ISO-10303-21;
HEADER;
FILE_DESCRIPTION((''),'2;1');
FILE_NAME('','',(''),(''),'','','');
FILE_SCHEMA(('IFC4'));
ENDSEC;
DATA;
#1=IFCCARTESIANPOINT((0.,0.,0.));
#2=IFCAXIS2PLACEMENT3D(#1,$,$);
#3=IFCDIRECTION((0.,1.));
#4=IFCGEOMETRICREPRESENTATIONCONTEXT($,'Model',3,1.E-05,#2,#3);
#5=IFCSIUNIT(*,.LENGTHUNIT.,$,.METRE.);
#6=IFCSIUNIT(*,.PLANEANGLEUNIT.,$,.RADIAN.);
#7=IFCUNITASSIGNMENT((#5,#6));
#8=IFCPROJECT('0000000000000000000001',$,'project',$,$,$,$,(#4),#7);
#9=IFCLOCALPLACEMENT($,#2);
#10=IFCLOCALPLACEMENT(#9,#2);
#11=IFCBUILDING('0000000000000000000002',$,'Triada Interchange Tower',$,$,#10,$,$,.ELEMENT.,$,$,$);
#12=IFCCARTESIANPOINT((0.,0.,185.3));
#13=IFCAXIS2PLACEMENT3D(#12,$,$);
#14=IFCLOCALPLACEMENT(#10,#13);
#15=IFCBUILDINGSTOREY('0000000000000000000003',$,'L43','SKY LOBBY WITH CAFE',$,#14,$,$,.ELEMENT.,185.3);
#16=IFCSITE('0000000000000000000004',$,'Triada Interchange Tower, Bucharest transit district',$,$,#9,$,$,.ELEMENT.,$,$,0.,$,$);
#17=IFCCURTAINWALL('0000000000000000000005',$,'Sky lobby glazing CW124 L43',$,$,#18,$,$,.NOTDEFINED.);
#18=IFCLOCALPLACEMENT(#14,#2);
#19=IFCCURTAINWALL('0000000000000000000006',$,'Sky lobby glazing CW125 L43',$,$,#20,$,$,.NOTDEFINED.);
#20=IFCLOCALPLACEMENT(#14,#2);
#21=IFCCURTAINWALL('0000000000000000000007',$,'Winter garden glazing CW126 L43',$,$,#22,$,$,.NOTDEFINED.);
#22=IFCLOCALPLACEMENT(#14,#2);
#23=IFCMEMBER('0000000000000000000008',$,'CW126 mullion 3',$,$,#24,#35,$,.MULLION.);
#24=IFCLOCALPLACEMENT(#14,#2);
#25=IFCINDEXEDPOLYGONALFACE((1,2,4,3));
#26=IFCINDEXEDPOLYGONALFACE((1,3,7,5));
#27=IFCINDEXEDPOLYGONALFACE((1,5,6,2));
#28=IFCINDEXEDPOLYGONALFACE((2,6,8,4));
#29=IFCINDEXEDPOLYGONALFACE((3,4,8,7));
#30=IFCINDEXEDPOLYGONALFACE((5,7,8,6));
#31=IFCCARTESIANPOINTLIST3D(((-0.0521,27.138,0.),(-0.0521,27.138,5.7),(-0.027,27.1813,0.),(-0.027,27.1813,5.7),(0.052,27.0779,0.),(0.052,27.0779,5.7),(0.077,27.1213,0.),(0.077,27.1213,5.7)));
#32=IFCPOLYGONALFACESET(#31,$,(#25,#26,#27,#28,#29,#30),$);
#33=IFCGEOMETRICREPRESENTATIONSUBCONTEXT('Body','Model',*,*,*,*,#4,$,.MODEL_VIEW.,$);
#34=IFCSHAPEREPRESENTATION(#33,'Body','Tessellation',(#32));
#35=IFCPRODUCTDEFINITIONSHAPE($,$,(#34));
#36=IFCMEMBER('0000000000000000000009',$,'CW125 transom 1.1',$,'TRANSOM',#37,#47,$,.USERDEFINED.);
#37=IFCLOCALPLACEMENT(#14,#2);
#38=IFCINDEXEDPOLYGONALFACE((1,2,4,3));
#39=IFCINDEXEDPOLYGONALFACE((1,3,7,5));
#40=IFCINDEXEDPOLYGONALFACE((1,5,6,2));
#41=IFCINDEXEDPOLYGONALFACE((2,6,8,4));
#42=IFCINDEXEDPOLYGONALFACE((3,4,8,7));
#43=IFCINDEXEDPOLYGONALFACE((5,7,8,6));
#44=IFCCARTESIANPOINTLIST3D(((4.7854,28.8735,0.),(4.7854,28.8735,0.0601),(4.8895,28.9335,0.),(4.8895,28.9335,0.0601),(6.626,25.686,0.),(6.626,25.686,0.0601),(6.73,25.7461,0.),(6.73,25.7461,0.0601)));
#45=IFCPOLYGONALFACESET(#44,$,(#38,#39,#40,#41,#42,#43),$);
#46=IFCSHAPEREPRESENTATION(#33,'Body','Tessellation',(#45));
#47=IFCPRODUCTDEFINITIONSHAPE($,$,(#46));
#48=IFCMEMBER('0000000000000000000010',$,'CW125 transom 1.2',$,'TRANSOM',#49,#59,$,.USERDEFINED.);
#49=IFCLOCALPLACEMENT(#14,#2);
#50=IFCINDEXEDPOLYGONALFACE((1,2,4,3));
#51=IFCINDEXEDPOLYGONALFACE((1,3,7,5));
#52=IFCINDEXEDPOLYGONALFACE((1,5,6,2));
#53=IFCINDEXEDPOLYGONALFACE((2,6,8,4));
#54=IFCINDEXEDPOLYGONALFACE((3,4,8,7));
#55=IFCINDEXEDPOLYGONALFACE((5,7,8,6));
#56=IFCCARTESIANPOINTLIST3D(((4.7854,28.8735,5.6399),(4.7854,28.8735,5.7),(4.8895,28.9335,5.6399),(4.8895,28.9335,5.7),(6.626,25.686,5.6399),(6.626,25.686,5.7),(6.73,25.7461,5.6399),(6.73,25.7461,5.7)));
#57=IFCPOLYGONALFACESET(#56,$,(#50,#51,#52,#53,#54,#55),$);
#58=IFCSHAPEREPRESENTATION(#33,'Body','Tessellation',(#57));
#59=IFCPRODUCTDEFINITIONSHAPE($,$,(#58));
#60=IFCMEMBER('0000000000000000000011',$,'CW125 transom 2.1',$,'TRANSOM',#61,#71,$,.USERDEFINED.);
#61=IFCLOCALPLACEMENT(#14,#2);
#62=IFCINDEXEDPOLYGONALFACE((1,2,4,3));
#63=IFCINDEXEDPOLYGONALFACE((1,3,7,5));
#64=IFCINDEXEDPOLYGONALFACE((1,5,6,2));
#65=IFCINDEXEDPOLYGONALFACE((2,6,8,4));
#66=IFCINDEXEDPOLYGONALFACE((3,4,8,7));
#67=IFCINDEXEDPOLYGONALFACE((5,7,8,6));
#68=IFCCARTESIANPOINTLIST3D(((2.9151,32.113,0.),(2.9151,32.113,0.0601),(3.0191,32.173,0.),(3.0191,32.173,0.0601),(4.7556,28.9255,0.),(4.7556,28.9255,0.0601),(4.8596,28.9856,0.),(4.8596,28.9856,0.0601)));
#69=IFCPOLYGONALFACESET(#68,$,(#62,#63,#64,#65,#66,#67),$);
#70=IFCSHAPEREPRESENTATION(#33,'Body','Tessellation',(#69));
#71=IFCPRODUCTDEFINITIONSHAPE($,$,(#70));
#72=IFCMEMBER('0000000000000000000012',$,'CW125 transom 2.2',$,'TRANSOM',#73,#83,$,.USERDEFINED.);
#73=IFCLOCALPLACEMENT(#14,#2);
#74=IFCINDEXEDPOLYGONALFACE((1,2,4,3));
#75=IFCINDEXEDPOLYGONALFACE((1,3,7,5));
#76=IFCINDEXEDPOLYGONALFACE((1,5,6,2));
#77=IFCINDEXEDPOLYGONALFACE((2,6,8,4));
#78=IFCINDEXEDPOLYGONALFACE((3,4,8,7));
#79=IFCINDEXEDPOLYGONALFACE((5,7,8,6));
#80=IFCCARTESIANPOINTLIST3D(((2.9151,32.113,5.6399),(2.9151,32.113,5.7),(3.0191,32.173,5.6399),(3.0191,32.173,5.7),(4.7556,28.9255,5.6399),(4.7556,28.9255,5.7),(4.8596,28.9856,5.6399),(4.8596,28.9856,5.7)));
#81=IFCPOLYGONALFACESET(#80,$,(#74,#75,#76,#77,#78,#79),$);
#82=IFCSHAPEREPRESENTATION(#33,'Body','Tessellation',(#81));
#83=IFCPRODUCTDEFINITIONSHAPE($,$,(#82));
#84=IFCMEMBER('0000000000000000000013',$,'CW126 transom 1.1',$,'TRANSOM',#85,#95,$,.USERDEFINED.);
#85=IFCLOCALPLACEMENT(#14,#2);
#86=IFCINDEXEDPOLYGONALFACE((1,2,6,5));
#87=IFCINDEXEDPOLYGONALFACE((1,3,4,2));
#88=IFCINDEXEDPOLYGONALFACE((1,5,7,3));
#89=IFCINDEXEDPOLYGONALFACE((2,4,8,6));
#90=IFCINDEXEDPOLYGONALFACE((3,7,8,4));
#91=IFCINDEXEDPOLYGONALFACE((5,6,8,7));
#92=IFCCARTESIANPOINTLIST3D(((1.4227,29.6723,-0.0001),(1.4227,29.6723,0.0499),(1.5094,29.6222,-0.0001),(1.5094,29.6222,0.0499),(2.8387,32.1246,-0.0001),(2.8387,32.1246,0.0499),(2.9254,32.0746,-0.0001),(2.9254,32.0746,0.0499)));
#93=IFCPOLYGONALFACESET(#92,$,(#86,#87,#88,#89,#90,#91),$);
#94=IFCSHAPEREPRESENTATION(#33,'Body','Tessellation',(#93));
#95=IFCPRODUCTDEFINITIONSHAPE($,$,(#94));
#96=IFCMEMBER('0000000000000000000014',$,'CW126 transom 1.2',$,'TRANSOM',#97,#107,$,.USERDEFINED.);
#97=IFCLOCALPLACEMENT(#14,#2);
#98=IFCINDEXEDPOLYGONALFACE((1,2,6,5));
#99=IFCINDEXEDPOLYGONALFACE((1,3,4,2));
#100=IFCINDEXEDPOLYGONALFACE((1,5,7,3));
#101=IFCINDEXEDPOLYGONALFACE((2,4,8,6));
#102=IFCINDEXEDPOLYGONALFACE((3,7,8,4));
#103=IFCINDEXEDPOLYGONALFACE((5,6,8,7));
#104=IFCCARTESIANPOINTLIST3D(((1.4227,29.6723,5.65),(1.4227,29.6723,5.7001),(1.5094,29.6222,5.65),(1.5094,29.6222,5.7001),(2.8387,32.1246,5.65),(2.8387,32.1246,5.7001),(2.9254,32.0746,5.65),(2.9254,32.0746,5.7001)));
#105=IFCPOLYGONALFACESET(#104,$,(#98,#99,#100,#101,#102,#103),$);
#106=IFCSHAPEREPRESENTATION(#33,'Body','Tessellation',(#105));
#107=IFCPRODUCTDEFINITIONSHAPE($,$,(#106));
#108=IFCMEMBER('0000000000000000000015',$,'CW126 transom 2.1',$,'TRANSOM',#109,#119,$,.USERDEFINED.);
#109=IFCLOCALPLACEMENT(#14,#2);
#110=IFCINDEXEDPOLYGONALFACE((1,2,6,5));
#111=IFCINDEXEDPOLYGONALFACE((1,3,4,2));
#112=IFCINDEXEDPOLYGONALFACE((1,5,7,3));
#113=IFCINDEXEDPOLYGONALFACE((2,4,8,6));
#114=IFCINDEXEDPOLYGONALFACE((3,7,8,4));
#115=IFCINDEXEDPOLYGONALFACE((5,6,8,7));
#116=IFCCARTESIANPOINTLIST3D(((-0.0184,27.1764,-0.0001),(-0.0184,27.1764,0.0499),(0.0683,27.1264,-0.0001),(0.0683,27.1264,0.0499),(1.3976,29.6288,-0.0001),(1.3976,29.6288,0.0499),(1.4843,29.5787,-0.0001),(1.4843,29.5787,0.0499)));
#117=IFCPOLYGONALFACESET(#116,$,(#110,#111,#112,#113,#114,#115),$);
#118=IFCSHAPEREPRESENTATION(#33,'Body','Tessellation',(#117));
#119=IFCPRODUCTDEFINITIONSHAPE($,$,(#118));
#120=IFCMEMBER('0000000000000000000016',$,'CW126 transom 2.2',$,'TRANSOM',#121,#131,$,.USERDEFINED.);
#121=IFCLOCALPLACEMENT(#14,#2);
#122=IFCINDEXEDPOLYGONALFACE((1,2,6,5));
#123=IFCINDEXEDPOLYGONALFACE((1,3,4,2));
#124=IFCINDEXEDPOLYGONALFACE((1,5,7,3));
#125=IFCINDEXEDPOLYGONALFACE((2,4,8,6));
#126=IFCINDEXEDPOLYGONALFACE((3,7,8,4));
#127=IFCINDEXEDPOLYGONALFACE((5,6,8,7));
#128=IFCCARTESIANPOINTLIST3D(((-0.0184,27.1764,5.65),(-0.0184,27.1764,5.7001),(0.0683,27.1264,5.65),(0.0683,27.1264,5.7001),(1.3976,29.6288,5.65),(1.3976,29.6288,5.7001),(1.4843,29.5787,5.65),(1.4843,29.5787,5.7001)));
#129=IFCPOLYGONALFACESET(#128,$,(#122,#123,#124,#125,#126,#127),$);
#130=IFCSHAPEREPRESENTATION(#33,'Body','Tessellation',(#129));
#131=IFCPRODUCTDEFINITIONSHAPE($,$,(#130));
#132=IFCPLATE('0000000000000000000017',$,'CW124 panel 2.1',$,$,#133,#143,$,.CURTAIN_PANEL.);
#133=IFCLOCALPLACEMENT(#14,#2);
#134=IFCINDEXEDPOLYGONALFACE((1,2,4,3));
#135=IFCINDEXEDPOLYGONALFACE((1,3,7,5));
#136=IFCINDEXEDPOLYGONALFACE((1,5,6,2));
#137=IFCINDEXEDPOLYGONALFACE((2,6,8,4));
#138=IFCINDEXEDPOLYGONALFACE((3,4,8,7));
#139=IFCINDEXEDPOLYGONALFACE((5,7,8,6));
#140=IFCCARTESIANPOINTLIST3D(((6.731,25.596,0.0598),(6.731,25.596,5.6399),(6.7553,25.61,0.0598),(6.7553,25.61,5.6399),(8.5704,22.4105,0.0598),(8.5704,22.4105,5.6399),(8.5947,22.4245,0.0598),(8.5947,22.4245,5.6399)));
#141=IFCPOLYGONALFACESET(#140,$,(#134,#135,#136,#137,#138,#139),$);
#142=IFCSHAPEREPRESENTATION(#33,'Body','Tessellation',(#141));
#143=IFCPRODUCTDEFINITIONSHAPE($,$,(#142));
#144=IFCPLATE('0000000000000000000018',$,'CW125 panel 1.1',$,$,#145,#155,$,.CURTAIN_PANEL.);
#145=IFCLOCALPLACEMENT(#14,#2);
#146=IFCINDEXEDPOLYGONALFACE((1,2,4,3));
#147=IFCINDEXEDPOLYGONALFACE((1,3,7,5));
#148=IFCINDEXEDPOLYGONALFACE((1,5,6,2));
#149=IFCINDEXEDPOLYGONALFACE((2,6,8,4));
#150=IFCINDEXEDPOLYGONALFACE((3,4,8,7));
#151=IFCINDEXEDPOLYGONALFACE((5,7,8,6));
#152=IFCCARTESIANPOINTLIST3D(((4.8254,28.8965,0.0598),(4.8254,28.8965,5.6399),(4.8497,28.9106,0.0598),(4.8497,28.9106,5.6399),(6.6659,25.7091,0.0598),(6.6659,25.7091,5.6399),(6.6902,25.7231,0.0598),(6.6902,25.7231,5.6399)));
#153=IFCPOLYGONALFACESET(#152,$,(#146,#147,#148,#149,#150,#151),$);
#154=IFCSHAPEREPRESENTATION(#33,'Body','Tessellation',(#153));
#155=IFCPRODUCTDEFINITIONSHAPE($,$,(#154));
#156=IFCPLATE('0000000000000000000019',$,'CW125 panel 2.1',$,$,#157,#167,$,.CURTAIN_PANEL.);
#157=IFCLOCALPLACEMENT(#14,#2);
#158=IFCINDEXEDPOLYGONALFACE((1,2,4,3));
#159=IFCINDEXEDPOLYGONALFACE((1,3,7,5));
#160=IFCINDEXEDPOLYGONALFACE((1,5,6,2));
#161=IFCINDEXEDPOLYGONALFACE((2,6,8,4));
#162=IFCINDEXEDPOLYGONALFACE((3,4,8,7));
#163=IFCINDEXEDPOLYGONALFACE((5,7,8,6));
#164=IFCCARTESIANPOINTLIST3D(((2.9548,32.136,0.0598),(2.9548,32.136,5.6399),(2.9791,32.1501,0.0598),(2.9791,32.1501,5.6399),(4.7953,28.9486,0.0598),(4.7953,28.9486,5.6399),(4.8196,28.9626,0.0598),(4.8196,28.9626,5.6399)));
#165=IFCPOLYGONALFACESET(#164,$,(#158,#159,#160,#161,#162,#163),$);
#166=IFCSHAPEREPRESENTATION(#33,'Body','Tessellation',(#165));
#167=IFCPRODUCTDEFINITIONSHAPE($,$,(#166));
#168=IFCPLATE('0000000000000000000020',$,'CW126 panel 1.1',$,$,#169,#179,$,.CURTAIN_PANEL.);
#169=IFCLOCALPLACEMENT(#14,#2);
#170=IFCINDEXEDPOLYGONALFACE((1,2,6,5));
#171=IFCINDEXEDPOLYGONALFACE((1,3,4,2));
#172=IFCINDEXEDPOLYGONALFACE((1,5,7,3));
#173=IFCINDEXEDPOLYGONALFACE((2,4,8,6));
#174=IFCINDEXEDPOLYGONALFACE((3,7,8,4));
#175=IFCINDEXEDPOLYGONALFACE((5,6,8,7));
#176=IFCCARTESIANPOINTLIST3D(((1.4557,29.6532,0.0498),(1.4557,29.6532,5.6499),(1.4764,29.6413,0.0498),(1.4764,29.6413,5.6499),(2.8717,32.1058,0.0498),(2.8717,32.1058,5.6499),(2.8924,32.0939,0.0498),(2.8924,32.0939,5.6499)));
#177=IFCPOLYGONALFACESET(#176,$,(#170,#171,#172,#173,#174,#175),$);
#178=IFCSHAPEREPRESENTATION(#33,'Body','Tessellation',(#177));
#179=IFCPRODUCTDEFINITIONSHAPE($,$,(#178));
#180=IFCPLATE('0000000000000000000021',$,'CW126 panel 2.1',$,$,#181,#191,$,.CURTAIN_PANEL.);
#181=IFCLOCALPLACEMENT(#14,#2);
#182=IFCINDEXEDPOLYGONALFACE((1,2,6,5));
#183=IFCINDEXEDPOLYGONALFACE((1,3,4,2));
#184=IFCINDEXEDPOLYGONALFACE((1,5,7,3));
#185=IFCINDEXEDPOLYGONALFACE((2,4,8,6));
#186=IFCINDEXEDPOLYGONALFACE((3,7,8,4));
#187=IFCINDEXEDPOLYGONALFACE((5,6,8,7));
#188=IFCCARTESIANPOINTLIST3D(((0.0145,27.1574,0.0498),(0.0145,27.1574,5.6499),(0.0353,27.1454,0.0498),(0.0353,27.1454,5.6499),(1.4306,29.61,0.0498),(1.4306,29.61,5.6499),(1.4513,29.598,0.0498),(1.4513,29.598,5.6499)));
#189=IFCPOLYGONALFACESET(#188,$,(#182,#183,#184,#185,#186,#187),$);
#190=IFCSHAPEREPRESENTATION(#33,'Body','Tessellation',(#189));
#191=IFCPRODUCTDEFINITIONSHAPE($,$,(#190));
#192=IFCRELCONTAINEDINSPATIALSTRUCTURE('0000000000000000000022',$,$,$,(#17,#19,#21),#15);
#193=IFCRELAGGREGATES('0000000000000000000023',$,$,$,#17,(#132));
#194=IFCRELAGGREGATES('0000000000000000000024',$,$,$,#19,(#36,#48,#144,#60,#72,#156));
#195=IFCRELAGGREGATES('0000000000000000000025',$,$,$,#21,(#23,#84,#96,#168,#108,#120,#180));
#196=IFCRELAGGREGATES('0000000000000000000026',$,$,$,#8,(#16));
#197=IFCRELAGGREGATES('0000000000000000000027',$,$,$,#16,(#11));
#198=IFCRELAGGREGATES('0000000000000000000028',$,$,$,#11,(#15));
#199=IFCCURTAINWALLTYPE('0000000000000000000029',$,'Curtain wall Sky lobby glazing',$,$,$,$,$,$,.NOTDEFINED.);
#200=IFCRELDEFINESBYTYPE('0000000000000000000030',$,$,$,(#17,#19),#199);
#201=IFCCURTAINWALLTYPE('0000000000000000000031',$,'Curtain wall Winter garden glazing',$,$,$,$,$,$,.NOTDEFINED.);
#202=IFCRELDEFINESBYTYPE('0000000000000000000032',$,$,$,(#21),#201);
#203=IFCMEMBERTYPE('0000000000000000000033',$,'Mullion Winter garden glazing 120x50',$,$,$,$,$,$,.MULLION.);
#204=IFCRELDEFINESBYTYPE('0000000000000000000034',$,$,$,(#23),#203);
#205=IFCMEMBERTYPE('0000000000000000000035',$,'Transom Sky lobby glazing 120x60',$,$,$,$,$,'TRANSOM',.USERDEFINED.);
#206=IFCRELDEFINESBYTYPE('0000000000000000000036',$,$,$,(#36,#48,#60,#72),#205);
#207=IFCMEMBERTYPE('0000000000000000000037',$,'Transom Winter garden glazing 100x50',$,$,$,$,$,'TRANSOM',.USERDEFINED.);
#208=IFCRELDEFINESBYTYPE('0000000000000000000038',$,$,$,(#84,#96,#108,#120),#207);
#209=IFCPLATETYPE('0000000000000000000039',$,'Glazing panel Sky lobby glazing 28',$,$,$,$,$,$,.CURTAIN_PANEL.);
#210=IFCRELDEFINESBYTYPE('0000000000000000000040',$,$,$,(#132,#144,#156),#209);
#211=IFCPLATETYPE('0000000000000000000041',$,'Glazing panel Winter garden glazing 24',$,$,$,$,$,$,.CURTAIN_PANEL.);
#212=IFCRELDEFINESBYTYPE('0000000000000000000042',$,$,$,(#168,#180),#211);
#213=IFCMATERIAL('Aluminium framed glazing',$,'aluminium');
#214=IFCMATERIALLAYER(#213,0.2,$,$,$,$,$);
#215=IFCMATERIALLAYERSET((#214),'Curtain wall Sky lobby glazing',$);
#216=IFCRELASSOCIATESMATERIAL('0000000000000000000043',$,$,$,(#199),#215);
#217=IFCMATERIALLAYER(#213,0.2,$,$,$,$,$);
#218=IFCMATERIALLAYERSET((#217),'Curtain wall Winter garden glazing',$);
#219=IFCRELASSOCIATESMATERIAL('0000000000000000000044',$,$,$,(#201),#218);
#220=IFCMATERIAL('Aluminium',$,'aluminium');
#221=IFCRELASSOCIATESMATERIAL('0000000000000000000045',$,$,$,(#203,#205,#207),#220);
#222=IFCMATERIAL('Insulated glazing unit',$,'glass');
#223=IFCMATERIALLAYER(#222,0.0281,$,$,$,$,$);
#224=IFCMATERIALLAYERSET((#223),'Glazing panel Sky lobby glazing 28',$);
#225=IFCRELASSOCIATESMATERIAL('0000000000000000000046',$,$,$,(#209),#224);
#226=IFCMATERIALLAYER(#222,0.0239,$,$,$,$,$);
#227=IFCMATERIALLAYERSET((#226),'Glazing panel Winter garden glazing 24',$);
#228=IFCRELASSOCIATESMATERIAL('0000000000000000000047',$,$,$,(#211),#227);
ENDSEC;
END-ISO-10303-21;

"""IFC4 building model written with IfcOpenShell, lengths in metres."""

from ifc_helpers import new_model, si_unit, direction, frame, origin, origin_2d, place, context, subcontext, project, spatial, rectangle, extrude, material, layer, layer_set, material_profile, profile_set, type_object, element, aggregate, save


model = new_model("IFC4")

# Units and contexts
model_context = context("Model", 3, precision=1e-05, world=origin(), true_north=direction((0.0, 1.0)))
body_context = subcontext(model_context, "Body", "Model", "MODEL_VIEW")
ifc_project = project(units=[si_unit("LENGTHUNIT", "METRE"), si_unit("PLANEANGLEUNIT", "RADIAN")], contexts=[model_context])

# Site, building, storey
site_placement = place(None, origin())
site = spatial("IfcSite", under=ifc_project, at=site_placement, Name="Triada Interchange Tower, Bucharest transit district", CompositionType="ELEMENT", RefElevation=0.0)
building_placement = place(site_placement, origin())
building = spatial("IfcBuilding", under=site, at=building_placement, Name="Triada Interchange Tower", CompositionType="ELEMENT")
storey_placement = place(building_placement, frame((0.0, 0.0, 185.3)))
storey = spatial("IfcBuildingStorey", under=building, at=storey_placement, Name="L43", Description="SKY LOBBY WITH CAFE", CompositionType="ELEMENT", Elevation=185.3)

# Curtain wall
ifc_material_1 = material(Name="Aluminium framed glazing", Category="aluminium")
ifc_layer_1 = layer(ifc_material_1, 0.2)
ifc_layer_set_1 = layer_set([ifc_layer_1], Name="Curtain wall Sky lobby glazing")
curtain_wall_type_1 = type_object("IfcCurtainWallType", Name="Curtain wall Sky lobby glazing", PredefinedType="NOTDEFINED", material=ifc_layer_set_1)
curtain_wall_1_placement = place(storey_placement, origin())
curtain_wall_1 = element("IfcCurtainWall", 1, at=curtain_wall_1_placement, inside=storey, type_object=curtain_wall_type_1, Name="Sky lobby glazing CW124 L43", PredefinedType="NOTDEFINED")
ifc_material_2 = material(Name="Aluminium", Category="aluminium")

# Curtain walls, member
curtain_wall_2_placement = place(storey_placement, origin())
curtain_wall_2 = element("IfcCurtainWall", 2, at=curtain_wall_2_placement, inside=storey, type_object=curtain_wall_type_1, Name="Sky lobby glazing CW125 L43", PredefinedType="NOTDEFINED")
ifc_layer_2 = layer(ifc_material_1, 0.2)
ifc_layer_set_2 = layer_set([ifc_layer_2], Name="Curtain wall Winter garden glazing")
curtain_wall_type_2 = type_object("IfcCurtainWallType", Name="Curtain wall Winter garden glazing", PredefinedType="NOTDEFINED", material=ifc_layer_set_2)
curtain_wall_3_placement = place(storey_placement, origin())
curtain_wall_3 = element("IfcCurtainWall", 3, at=curtain_wall_3_placement, inside=storey, type_object=curtain_wall_type_2, Name="Winter garden glazing CW126 L43", PredefinedType="NOTDEFINED")
ifc_material_profile_1 = material_profile(ifc_material_2, rectangle(XDim=0.1201, YDim=0.05, at=origin_2d()), Name="Aluminium mullion")
ifc_profile_set_1 = profile_set([ifc_material_profile_1], Name="Aluminium")
member_type_1 = type_object("IfcMemberType", Name="Mullion Winter garden glazing 120x50", PredefinedType="MULLION", material=ifc_profile_set_1)
member_1_placement = place(storey_placement, frame((0.0125, 27.1296, 0.0), z_axis=(0.0, 0.0, 1.0), x_axis=(0.866022, -0.500005, 0.0)))
member_1 = element("IfcMember", 4, at=member_1_placement, type_object=member_type_1, Name="CW126 mullion 3", PredefinedType="MULLION", context=body_context, shape_type="SweptSolid", body=[
    extrude(rectangle(XDim=0.1201, YDim=0.05, at=origin_2d()), origin(), (0.0, 0.0, 1.0), 5.7),
])

# Members
ifc_material_profile_2 = material_profile(ifc_material_2, rectangle(XDim=0.1201, YDim=0.0601, at=origin_2d()), Name="Aluminium transom")
ifc_profile_set_2 = profile_set([ifc_material_profile_2], Name="Aluminium")
member_type_2 = type_object("IfcMemberType", Name="Transom Sky lobby glazing 120x60", ElementType="TRANSOM", PredefinedType="USERDEFINED", material=ifc_profile_set_2)
member_2_placement = place(storey_placement, frame((6.678, 25.7161, 0.03), z_axis=(-0.500055, 0.865993, 0.0), x_axis=(-0.865993, -0.500055, 0.0)))
member_2 = element("IfcMember", 5, at=member_2_placement, type_object=member_type_2, Name="CW125 transom 1.1", ObjectType="TRANSOM", PredefinedType="USERDEFINED", context=body_context, shape_type="SweptSolid", body=[
    extrude(rectangle(XDim=0.1201, YDim=0.0601, at=origin_2d()), origin(), (0.0, 0.0, 1.0), 3.6807),
])
member_3_placement = place(storey_placement, frame((6.678, 25.7161, 5.6699), z_axis=(-0.500055, 0.865993, 0.0), x_axis=(-0.865993, -0.500055, 0.0)))
member_3 = element("IfcMember", 6, at=member_3_placement, type_object=member_type_2, Name="CW125 transom 1.2", ObjectType="TRANSOM", PredefinedType="USERDEFINED", context=body_context, shape_type="SweptSolid", body=[
    extrude(rectangle(XDim=0.1201, YDim=0.0601, at=origin_2d()), origin(), (0.0, 0.0, 1.0), 3.6807),
])
member_4_placement = place(storey_placement, frame((4.8076, 28.9556, 0.03), z_axis=(-0.500055, 0.865993, 0.0), x_axis=(-0.865993, -0.500055, 0.0)))
member_4 = element("IfcMember", 7, at=member_4_placement, type_object=member_type_2, Name="CW125 transom 2.1", ObjectType="TRANSOM", PredefinedType="USERDEFINED", context=body_context, shape_type="SweptSolid", body=[
    extrude(rectangle(XDim=0.1201, YDim=0.0601, at=origin_2d()), origin(), (0.0, 0.0, 1.0), 3.6807),
])
member_5_placement = place(storey_placement, frame((4.8076, 28.9556, 5.6699), z_axis=(-0.500055, 0.865993, 0.0), x_axis=(-0.865993, -0.500055, 0.0)))
member_5 = element("IfcMember", 8, at=member_5_placement, type_object=member_type_2, Name="CW125 transom 2.2", ObjectType="TRANSOM", PredefinedType="USERDEFINED", context=body_context, shape_type="SweptSolid", body=[
    extrude(rectangle(XDim=0.1201, YDim=0.0601, at=origin_2d()), origin(), (0.0, 0.0, 1.0), 3.6807),
])
ifc_material_profile_3 = material_profile(ifc_material_2, rectangle(XDim=0.1001, YDim=0.05, at=origin_2d()), Name="Aluminium transom")
ifc_profile_set_3 = profile_set([ifc_material_profile_3], Name="Aluminium")
member_type_3 = type_object("IfcMemberType", Name="Transom Winter garden glazing 100x50", ElementType="TRANSOM", PredefinedType="USERDEFINED", material=ifc_profile_set_3)
member_6_placement = place(storey_placement, frame((2.8821, 32.0996, 0.0249), z_axis=(-0.500033, -0.866006, 0.0), x_axis=(0.866006, -0.500033, 0.0)))
member_6 = element("IfcMember", 9, at=member_6_placement, type_object=member_type_3, Name="CW126 transom 1.1", ObjectType="TRANSOM", PredefinedType="USERDEFINED", context=body_context, shape_type="SweptSolid", body=[
    extrude(rectangle(XDim=0.1001, YDim=0.05, at=origin_2d()), origin(), (0.0, 0.0, 1.0), 2.8318),
])
member_7_placement = place(storey_placement, frame((2.8821, 32.0996, 5.675), z_axis=(-0.500033, -0.866006, 0.0), x_axis=(0.866006, -0.500033, 0.0)))
member_7 = element("IfcMember", 10, at=member_7_placement, type_object=member_type_3, Name="CW126 transom 1.2", ObjectType="TRANSOM", PredefinedType="USERDEFINED", context=body_context, shape_type="SweptSolid", body=[
    extrude(rectangle(XDim=0.1001, YDim=0.05, at=origin_2d()), origin(), (0.0, 0.0, 1.0), 2.8318),
])
member_8_placement = place(storey_placement, frame((1.4409, 29.6038, 0.0249), z_axis=(-0.500033, -0.866006, 0.0), x_axis=(0.866006, -0.500033, 0.0)))
member_8 = element("IfcMember", 11, at=member_8_placement, type_object=member_type_3, Name="CW126 transom 2.1", ObjectType="TRANSOM", PredefinedType="USERDEFINED", context=body_context, shape_type="SweptSolid", body=[
    extrude(rectangle(XDim=0.1001, YDim=0.05, at=origin_2d()), origin(), (0.0, 0.0, 1.0), 2.8318),
])
member_9_placement = place(storey_placement, frame((1.4409, 29.6038, 5.675), z_axis=(-0.500033, -0.866006, 0.0), x_axis=(0.866006, -0.500033, 0.0)))
member_9 = element("IfcMember", 12, at=member_9_placement, type_object=member_type_3, Name="CW126 transom 2.2", ObjectType="TRANSOM", PredefinedType="USERDEFINED", context=body_context, shape_type="SweptSolid", body=[
    extrude(rectangle(XDim=0.1001, YDim=0.05, at=origin_2d()), origin(), (0.0, 0.0, 1.0), 2.8318),
])

# Plates
ifc_material_3 = material(Name="Insulated glazing unit", Category="glass")
ifc_layer_3 = layer(ifc_material_3, 0.0281)
ifc_layer_set_3 = layer_set([ifc_layer_3], Name="Glazing panel Sky lobby glazing 28")
plate_type_1 = type_object("IfcPlateType", Name="Glazing panel Sky lobby glazing 28", PredefinedType="CURTAIN_PANEL", material=ifc_layer_set_3)
plate_1_placement = place(storey_placement, frame((7.6628, 24.0103, 0.0598), z_axis=(0.0, 0.0, 1.0), x_axis=(-0.500063, 0.865989, 0.0)))
plate_1 = element("IfcPlate", 13, at=plate_1_placement, type_object=plate_type_1, Name="CW124 panel 2.1", PredefinedType="CURTAIN_PANEL", context=body_context, shape_type="SweptSolid", body=[
    extrude(rectangle(XDim=3.6785, YDim=0.0281, at=origin_2d()), origin(), (0.0, 0.0, 1.0), 5.5801),
])
aggregate(curtain_wall_1, [plate_1])
plate_2_placement = place(storey_placement, frame((5.7578, 27.3098, 0.0598), z_axis=(0.0, 0.0, 1.0), x_axis=(-0.500032, 0.866007, 0.0)))
plate_2 = element("IfcPlate", 14, at=plate_2_placement, type_object=plate_type_1, Name="CW125 panel 1.1", PredefinedType="CURTAIN_PANEL", context=body_context, shape_type="SweptSolid", body=[
    extrude(rectangle(XDim=3.6807, YDim=0.0281, at=origin_2d()), origin(), (0.0, 0.0, 1.0), 5.5801),
])
plate_3_placement = place(storey_placement, frame((3.8872, 30.5493, 0.0598), z_axis=(0.0, 0.0, 1.0), x_axis=(-0.500032, 0.866007, 0.0)))
plate_3 = element("IfcPlate", 15, at=plate_3_placement, type_object=plate_type_1, Name="CW125 panel 2.1", PredefinedType="CURTAIN_PANEL", context=body_context, shape_type="SweptSolid", body=[
    extrude(rectangle(XDim=3.6807, YDim=0.0281, at=origin_2d()), origin(), (0.0, 0.0, 1.0), 5.5801),
])
aggregate(curtain_wall_2, [member_2, member_3, plate_2, member_4, member_5, plate_3])
ifc_layer_4 = layer(ifc_material_3, 0.0239)
ifc_layer_set_4 = layer_set([ifc_layer_4], Name="Glazing panel Winter garden glazing 24")
plate_type_2 = type_object("IfcPlateType", Name="Glazing panel Winter garden glazing 24", PredefinedType="CURTAIN_PANEL", material=ifc_layer_set_4)
plate_4_placement = place(storey_placement, frame((2.1741, 30.8735, 0.0498), z_axis=(0.0, 0.0, 1.0), x_axis=(-0.500005, -0.866022, 0.0)))
plate_4 = element("IfcPlate", 16, at=plate_4_placement, type_object=plate_type_2, Name="CW126 panel 1.1", PredefinedType="CURTAIN_PANEL", context=body_context, shape_type="SweptSolid", body=[
    extrude(rectangle(XDim=2.832, YDim=0.0239, at=origin_2d()), origin(), (0.0, 0.0, 1.0), 5.6001),
])
plate_5_placement = place(storey_placement, frame((0.7329, 28.3777, 0.0498), z_axis=(0.0, 0.0, 1.0), x_axis=(-0.500005, -0.866022, 0.0)))
plate_5 = element("IfcPlate", 17, at=plate_5_placement, type_object=plate_type_2, Name="CW126 panel 2.1", PredefinedType="CURTAIN_PANEL", context=body_context, shape_type="SweptSolid", body=[
    extrude(rectangle(XDim=2.832, YDim=0.0239, at=origin_2d()), origin(), (0.0, 0.0, 1.0), 5.6001),
])
aggregate(curtain_wall_3, [member_1, member_6, member_7, plate_4, member_8, member_9, plate_5])

save(model, "model.ifc")
